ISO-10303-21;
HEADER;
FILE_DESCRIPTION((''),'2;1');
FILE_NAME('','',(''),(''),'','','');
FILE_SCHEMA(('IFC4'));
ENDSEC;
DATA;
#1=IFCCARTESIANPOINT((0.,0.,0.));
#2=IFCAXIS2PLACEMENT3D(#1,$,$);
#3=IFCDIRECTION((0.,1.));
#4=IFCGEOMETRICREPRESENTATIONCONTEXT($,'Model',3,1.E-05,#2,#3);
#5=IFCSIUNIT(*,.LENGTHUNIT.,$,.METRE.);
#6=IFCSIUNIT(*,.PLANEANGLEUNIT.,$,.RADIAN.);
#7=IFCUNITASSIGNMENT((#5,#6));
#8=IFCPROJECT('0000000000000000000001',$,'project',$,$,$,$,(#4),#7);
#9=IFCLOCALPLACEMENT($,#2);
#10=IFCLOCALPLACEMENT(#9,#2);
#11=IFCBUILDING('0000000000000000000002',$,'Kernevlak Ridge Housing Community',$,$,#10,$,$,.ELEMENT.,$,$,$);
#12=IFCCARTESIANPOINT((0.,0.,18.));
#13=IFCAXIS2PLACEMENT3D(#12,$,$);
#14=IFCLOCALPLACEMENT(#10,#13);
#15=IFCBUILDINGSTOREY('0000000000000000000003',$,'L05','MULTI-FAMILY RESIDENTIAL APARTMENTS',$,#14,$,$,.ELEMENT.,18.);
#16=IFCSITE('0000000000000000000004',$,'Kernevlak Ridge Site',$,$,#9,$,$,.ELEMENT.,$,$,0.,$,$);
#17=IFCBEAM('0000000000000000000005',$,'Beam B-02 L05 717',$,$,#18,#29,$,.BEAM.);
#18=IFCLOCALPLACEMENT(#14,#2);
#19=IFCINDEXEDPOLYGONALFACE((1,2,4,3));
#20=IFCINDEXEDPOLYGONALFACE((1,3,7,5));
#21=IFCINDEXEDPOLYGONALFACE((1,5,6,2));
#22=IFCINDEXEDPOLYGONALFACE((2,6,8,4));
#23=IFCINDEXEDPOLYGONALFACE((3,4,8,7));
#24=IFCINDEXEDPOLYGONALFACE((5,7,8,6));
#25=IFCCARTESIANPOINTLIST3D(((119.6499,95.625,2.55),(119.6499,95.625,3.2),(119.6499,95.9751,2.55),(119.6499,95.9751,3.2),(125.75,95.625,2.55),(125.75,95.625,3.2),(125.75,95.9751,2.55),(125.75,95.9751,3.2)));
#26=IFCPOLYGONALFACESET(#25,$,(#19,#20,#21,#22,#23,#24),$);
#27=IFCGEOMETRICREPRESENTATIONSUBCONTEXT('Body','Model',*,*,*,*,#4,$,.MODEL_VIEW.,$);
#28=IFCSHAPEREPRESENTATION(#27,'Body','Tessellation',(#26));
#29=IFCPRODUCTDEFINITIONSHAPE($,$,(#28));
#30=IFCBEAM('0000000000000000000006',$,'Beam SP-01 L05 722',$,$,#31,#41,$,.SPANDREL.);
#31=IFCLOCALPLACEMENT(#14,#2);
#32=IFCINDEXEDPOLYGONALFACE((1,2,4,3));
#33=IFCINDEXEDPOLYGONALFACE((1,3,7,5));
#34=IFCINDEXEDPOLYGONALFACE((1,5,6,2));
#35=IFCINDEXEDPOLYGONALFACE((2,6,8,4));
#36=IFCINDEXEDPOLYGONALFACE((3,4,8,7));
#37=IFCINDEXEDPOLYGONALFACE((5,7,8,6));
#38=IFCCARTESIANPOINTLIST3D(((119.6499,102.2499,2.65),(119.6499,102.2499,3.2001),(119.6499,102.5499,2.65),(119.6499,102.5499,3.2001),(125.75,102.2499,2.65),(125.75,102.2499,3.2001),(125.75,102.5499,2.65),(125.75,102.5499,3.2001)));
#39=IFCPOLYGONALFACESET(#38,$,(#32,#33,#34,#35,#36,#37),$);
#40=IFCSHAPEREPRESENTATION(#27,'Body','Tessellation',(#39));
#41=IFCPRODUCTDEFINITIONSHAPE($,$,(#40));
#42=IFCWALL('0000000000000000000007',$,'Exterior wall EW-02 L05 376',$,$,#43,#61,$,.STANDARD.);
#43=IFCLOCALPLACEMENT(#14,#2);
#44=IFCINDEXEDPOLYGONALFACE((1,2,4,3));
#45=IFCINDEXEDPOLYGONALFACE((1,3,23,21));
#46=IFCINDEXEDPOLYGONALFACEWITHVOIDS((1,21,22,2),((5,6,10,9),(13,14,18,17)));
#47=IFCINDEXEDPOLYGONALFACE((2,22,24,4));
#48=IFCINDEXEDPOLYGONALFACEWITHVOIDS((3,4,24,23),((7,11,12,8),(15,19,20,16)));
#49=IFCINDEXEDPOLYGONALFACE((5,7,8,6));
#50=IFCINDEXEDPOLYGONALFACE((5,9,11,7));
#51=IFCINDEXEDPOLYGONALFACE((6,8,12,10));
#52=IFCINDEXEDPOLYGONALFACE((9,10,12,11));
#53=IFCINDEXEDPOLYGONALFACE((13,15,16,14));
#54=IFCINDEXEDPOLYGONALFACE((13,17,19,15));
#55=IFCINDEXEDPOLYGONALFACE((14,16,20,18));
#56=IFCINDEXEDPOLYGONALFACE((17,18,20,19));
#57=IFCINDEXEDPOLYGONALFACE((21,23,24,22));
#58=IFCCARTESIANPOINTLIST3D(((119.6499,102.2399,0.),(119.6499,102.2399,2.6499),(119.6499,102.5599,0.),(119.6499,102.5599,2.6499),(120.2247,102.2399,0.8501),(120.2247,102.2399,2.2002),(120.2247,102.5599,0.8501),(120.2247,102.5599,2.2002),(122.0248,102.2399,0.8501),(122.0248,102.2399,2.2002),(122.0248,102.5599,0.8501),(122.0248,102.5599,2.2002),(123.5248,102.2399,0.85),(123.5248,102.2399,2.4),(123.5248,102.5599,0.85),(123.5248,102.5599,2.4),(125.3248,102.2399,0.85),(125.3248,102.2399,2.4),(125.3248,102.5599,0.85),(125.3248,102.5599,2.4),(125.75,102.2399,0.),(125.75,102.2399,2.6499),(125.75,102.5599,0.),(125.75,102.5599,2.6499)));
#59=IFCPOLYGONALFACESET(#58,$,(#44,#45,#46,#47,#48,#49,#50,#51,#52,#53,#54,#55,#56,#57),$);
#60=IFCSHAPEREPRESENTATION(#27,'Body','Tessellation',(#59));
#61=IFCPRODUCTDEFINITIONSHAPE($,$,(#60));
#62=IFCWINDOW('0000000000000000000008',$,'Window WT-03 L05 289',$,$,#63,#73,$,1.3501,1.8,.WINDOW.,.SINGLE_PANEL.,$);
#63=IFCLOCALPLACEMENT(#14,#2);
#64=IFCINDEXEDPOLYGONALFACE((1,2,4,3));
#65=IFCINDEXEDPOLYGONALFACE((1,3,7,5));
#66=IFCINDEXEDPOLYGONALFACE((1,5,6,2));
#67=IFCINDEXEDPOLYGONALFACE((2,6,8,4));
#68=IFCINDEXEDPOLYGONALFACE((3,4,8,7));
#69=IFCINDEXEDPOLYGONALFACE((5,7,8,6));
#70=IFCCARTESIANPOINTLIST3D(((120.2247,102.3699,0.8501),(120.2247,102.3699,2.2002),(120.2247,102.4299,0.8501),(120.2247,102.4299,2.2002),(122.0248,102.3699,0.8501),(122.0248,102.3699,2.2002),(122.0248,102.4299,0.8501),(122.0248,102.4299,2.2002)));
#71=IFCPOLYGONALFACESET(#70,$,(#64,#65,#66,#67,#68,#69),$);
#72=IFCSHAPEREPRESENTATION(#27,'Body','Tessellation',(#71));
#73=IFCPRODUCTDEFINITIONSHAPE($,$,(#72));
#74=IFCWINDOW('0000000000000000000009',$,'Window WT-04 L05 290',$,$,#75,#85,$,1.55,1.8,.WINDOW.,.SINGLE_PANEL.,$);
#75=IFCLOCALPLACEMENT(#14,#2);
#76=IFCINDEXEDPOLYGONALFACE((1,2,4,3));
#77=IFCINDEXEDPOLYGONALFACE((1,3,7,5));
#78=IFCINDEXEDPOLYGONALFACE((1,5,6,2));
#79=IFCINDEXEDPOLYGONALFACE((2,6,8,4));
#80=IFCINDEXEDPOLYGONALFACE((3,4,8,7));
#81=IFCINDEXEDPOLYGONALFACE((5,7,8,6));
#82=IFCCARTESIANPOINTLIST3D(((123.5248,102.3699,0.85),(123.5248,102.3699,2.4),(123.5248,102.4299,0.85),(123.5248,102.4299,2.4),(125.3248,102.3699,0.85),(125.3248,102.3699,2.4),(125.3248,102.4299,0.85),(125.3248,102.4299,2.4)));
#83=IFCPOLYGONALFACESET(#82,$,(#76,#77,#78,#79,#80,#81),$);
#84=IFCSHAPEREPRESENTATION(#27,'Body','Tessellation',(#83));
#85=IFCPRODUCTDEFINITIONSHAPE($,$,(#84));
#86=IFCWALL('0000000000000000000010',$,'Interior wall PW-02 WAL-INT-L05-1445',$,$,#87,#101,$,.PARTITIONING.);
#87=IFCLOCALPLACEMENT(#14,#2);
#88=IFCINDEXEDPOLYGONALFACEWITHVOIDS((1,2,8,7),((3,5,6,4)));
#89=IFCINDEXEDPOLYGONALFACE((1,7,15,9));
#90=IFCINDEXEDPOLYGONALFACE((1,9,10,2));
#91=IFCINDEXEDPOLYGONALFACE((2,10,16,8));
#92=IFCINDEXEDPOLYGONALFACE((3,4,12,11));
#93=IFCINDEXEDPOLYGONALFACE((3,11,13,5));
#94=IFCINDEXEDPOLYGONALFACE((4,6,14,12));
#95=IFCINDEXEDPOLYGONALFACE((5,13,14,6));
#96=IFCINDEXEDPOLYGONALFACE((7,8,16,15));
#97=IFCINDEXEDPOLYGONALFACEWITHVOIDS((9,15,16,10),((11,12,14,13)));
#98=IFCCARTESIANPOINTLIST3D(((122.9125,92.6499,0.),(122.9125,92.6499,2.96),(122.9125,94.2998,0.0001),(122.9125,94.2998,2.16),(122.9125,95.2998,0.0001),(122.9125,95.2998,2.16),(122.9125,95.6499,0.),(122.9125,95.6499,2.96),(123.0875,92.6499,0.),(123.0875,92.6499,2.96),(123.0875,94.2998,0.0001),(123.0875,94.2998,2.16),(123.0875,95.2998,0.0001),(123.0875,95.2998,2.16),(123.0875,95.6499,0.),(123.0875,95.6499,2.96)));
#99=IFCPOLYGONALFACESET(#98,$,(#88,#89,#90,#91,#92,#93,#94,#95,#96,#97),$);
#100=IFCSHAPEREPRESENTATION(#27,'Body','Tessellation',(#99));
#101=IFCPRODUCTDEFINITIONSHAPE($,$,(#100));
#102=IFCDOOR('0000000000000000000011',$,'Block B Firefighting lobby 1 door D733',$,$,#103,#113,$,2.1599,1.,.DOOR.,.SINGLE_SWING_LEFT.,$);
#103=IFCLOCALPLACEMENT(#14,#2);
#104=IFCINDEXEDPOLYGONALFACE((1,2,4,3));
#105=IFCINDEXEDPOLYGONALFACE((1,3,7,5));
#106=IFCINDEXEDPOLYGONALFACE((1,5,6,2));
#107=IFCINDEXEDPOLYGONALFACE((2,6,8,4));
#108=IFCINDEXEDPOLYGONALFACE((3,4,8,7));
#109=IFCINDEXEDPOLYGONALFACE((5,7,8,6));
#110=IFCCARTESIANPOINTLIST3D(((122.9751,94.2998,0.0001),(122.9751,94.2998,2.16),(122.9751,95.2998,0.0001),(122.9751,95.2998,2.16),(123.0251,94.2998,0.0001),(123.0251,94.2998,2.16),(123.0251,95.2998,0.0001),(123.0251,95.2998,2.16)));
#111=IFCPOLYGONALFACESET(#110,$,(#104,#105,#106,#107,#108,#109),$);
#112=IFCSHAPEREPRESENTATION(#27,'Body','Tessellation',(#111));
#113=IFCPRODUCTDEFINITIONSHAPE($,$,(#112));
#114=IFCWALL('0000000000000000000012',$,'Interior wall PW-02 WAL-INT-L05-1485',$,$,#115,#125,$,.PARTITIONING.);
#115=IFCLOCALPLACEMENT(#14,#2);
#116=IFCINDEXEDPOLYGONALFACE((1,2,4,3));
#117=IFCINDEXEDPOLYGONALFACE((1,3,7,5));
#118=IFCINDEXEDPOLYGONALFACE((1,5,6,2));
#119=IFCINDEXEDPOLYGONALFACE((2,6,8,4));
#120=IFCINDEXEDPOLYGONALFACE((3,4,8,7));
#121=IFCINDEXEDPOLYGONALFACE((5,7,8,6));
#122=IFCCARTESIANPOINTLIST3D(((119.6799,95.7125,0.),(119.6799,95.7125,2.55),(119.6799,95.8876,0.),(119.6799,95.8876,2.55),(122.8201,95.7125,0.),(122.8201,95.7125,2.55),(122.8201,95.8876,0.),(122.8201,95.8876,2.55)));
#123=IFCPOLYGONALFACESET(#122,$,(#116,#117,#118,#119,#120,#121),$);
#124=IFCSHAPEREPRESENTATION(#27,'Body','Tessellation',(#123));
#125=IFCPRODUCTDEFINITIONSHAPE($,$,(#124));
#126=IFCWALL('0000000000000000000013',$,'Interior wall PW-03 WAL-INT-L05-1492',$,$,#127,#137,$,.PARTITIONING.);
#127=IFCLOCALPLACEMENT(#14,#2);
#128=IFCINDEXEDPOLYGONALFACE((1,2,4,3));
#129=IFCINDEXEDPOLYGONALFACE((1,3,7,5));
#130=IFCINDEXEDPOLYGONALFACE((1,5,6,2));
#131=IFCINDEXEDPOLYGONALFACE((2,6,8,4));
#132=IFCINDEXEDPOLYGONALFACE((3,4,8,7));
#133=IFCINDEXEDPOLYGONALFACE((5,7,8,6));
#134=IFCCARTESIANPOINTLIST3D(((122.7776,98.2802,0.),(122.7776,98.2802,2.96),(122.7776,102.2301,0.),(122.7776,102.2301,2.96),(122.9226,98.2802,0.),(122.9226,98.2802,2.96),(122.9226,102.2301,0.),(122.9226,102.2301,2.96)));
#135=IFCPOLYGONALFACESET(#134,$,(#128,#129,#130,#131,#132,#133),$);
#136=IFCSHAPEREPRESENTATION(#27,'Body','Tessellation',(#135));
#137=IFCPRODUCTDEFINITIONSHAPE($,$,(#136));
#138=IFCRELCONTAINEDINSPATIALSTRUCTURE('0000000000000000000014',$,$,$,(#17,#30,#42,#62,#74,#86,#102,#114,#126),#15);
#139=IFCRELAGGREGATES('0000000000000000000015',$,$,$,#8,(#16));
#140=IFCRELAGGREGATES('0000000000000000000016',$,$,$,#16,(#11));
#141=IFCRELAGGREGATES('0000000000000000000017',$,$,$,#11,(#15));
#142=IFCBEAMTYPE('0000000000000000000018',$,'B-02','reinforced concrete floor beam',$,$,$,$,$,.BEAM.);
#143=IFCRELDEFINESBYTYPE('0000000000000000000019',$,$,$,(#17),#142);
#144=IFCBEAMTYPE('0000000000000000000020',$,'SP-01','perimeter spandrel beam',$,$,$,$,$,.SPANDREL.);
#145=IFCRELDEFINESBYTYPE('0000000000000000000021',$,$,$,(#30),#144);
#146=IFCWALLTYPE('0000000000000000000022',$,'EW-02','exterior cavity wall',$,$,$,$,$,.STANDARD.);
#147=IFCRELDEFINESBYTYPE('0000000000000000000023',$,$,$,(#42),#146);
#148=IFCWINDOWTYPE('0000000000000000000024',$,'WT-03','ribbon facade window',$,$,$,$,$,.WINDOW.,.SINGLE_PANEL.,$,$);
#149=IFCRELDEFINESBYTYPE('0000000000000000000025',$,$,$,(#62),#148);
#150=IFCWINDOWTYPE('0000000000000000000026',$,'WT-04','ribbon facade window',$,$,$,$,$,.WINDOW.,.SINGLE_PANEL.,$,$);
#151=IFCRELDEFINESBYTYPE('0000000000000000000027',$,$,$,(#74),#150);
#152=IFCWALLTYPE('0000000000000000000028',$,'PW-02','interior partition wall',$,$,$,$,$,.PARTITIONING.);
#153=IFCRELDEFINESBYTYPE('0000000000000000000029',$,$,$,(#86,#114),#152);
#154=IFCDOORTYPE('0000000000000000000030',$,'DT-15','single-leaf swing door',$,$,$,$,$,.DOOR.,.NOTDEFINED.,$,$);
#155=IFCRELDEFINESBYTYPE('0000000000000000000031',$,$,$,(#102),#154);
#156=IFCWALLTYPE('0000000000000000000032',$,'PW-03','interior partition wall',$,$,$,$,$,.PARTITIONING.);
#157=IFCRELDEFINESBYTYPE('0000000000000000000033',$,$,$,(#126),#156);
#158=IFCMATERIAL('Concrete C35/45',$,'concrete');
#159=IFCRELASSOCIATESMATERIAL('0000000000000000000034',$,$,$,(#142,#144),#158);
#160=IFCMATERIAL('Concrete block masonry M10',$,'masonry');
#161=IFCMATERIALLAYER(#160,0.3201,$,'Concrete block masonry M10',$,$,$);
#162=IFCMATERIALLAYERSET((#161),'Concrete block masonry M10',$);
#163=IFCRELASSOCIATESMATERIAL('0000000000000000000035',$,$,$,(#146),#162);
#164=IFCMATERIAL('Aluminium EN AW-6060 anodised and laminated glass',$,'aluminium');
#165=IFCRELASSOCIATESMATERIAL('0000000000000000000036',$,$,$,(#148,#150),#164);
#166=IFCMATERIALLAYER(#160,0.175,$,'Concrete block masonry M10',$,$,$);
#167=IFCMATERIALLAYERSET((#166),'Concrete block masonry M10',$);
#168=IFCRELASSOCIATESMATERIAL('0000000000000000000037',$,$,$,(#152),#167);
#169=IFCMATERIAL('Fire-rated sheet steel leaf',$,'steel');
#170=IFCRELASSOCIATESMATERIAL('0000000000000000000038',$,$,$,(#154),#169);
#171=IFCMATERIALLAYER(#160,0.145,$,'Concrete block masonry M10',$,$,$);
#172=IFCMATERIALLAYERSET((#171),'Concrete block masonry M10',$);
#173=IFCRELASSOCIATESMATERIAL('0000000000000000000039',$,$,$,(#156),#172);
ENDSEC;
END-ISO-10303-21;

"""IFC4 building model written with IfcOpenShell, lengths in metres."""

from ifc_helpers import new_model, si_unit, direction, frame, frame_2d, origin, origin_2d, place, context, subcontext, project, spatial, rectangle, extrude, material, layer, layer_set, material_profile, profile_set, type_object, element, fill, save


model = new_model("IFC4")

# Units and contexts
model_context = context("Model", 3, precision=1e-05, world=origin(), true_north=direction((0.0, 1.0)))
body_context = subcontext(model_context, "Body", "Model", "MODEL_VIEW")
ifc_project = project(units=[si_unit("LENGTHUNIT", "METRE"), si_unit("PLANEANGLEUNIT", "RADIAN")], contexts=[model_context])

# Site, building, storey
site_placement = place(None, origin())
site = spatial("IfcSite", under=ifc_project, at=site_placement, Name="Kernevlak Ridge Site", CompositionType="ELEMENT", RefElevation=0.0)
building_placement = place(site_placement, origin())
building = spatial("IfcBuilding", under=site, at=building_placement, Name="Kernevlak Ridge Housing Community", CompositionType="ELEMENT")
storey_placement = place(building_placement, frame((0.0, 0.0, 18.0)))
storey = spatial("IfcBuildingStorey", under=building, at=storey_placement, Name="L05", Description="MULTI-FAMILY RESIDENTIAL APARTMENTS", CompositionType="ELEMENT", Elevation=18.0)

# Beams
ifc_material_1 = material(Name="Concrete C35/45", Category="concrete")
ifc_material_profile_1 = material_profile(ifc_material_1, rectangle(XDim=0.3501, YDim=0.6499, at=origin_2d()), Name="RC 350x650")
ifc_profile_set_1 = profile_set([ifc_material_profile_1], Name="Concrete C35/45")
beam_type_1 = type_object("IfcBeamType", Name="B-02", Description="reinforced concrete floor beam", PredefinedType="BEAM", material=ifc_profile_set_1)
beam_1_placement = place(storey_placement, frame((119.6499, 95.8, 2.875), z_axis=(1.0, 0.0, 0.0), x_axis=(0.0, 1.0, 0.0)))
element("IfcBeam", 1, at=beam_1_placement, inside=storey, type_object=beam_type_1, Name="Beam B-02 L05 717", PredefinedType="BEAM", context=body_context, shape_type="SweptSolid", body=[
    extrude(rectangle(XDim=0.3501, YDim=0.6499, at=origin_2d()), origin(), (0.0, 0.0, 1.0), 6.1001),
])
ifc_material_profile_2 = material_profile(ifc_material_1, rectangle(XDim=0.3, YDim=0.55, at=origin_2d()), Name="RC 300x550")
ifc_profile_set_2 = profile_set([ifc_material_profile_2], Name="Concrete C35/45")
beam_type_2 = type_object("IfcBeamType", Name="SP-01", Description="perimeter spandrel beam", PredefinedType="SPANDREL", material=ifc_profile_set_2)
beam_2_placement = place(storey_placement, frame((119.6499, 102.3999, 2.925), z_axis=(1.0, 0.0, 0.0), x_axis=(0.0, 1.0, 0.0)))
element("IfcBeam", 2, at=beam_2_placement, inside=storey, type_object=beam_type_2, Name="Beam SP-01 L05 722", PredefinedType="SPANDREL", context=body_context, shape_type="SweptSolid", body=[
    extrude(rectangle(XDim=0.3, YDim=0.55, at=origin_2d()), origin(), (0.0, 0.0, 1.0), 6.1001),
])

# Wall, openings, windows
ifc_material_2 = material(Name="Concrete block masonry M10", Category="masonry")
ifc_layer_1 = layer(ifc_material_2, 0.3201, Name="Concrete block masonry M10")
ifc_layer_set_1 = layer_set([ifc_layer_1], Name="Concrete block masonry M10")
wall_type_1 = type_object("IfcWallType", Name="EW-02", Description="exterior cavity wall", PredefinedType="STANDARD", material=ifc_layer_set_1)
wall_1_placement = place(storey_placement, frame((119.6499, 102.3999, 0.0), z_axis=(0.0, 0.0, 1.0), x_axis=(1.0, 0.0, 0.0)))
wall_1 = element("IfcWall", 3, at=wall_1_placement, inside=storey, type_object=wall_type_1, Name="Exterior wall EW-02 L05 376", PredefinedType="STANDARD", context=body_context, shape_type="SweptSolid", body=[
    extrude(rectangle(XDim=6.1001, YDim=0.3201, at=frame_2d((3.05, 0.0))), origin(), (0.0, 0.0, 1.0), 2.6499),
])
opening_1_placement = place(wall_1_placement, frame((0.575, 0.0, 0.8501)))
opening_1 = element("IfcOpeningElement", 4, at=opening_1_placement, cuts=wall_1, PredefinedType="OPENING", context=body_context, shape_type="SweptSolid", body=[
    extrude(rectangle(XDim=1.8, YDim=1.3501, at=frame_2d((0.8999, 0.675))), frame((0.0, 0.1699, 0.0), z_axis=(0.0, -1.0, 0.0), x_axis=(1.0, 0.0, 0.0)), (0.0, 0.0, 1.0), 0.3401),
])
opening_2_placement = place(wall_1_placement, frame((3.875, 0.0, 0.8501)))
opening_2 = element("IfcOpeningElement", 5, at=opening_2_placement, cuts=wall_1, PredefinedType="OPENING", context=body_context, shape_type="SweptSolid", body=[
    extrude(rectangle(XDim=1.8, YDim=1.55, at=frame_2d((0.8999, 0.7749))), frame((0.0, 0.1699, 0.0), z_axis=(0.0, -1.0, 0.0), x_axis=(1.0, 0.0, 0.0)), (0.0, 0.0, 1.0), 0.3401),
])
ifc_material_3 = material(Name="Aluminium EN AW-6060 anodised and laminated glass", Category="aluminium")
window_type_1 = type_object("IfcWindowType", Name="WT-03", Description="ribbon facade window", PartitioningType="SINGLE_PANEL", PredefinedType="WINDOW", material=ifc_material_3)
window_1_placement = place(opening_1_placement, origin())
window_1 = element("IfcWindow", 6, at=window_1_placement, inside=storey, type_object=window_type_1, Name="Window WT-03 L05 289", OverallHeight=1.3501, OverallWidth=1.8, PartitioningType="SINGLE_PANEL", PredefinedType="WINDOW", context=body_context, shape_type="SweptSolid", body=[
    extrude(rectangle(XDim=1.8, YDim=1.3501, at=frame_2d((0.8999, 0.675))), frame((0.0, 0.03, 0.0), z_axis=(0.0, -1.0, 0.0), x_axis=(1.0, 0.0, 0.0)), (0.0, 0.0, 1.0), 0.0601),
])
fill(opening_1, window_1)
window_type_2 = type_object("IfcWindowType", Name="WT-04", Description="ribbon facade window", PartitioningType="SINGLE_PANEL", PredefinedType="WINDOW", material=ifc_material_3)
window_2_placement = place(opening_2_placement, origin())
window_2 = element("IfcWindow", 7, at=window_2_placement, inside=storey, type_object=window_type_2, Name="Window WT-04 L05 290", OverallHeight=1.55, OverallWidth=1.8, PartitioningType="SINGLE_PANEL", PredefinedType="WINDOW", context=body_context, shape_type="SweptSolid", body=[
    extrude(rectangle(XDim=1.8, YDim=1.55, at=frame_2d((0.8999, 0.7749))), frame((0.0, 0.03, 0.0), z_axis=(0.0, -1.0, 0.0), x_axis=(1.0, 0.0, 0.0)), (0.0, 0.0, 1.0), 0.0601),
])
fill(opening_2, window_2)

# Wall, opening, door
ifc_layer_2 = layer(ifc_material_2, 0.175, Name="Concrete block masonry M10")
ifc_layer_set_2 = layer_set([ifc_layer_2], Name="Concrete block masonry M10")
wall_type_2 = type_object("IfcWallType", Name="PW-02", Description="interior partition wall", PredefinedType="PARTITIONING", material=ifc_layer_set_2)
wall_2_placement = place(storey_placement, frame((123.0, 92.6499, 0.0), z_axis=(0.0, 0.0, 1.0), x_axis=(0.0, 1.0, 0.0)))
wall_2 = element("IfcWall", 8, at=wall_2_placement, inside=storey, type_object=wall_type_2, Name="Interior wall PW-02 WAL-INT-L05-1445", PredefinedType="PARTITIONING", context=body_context, shape_type="SweptSolid", body=[
    extrude(rectangle(XDim=3.0, YDim=0.175, at=frame_2d((1.5, 0.0))), origin(), (0.0, 0.0, 1.0), 2.96),
])
opening_3_placement = place(wall_2_placement, frame((1.6499, 0.0, 0.0)))
opening_3 = element("IfcOpeningElement", 9, at=opening_3_placement, cuts=wall_2, PredefinedType="OPENING", context=body_context, shape_type="SweptSolid", body=[
    extrude(rectangle(XDim=1.0, YDim=2.1599, at=frame_2d((0.5, 1.0801))), frame((0.0, 0.0974, 0.0), z_axis=(0.0, -1.0, 0.0), x_axis=(1.0, 0.0, 0.0)), (0.0, 0.0, 1.0), 0.1951),
])
ifc_material_4 = material(Name="Fire-rated sheet steel leaf", Category="steel")
door_type_1 = type_object("IfcDoorType", Name="DT-15", Description="single-leaf swing door", OperationType="NOTDEFINED", PredefinedType="DOOR", material=ifc_material_4)
door_1_placement = place(opening_3_placement, origin())
door_1 = element("IfcDoor", 10, at=door_1_placement, inside=storey, type_object=door_type_1, Name="Block B Firefighting lobby 1 door D733", OperationType="SINGLE_SWING_LEFT", OverallHeight=2.1599, OverallWidth=1.0, PredefinedType="DOOR", context=body_context, shape_type="SweptSolid", body=[
    extrude(rectangle(XDim=1.0, YDim=2.1599, at=frame_2d((0.5, 1.0801))), frame((0.0, 0.0249, 0.0), z_axis=(0.0, -1.0, 0.0), x_axis=(1.0, 0.0, 0.0)), (0.0, 0.0, 1.0), 0.05),
])
fill(opening_3, door_1)

# Walls
wall_3_placement = place(storey_placement, frame((119.6799, 95.8, 0.0), z_axis=(0.0, 0.0, 1.0), x_axis=(1.0, 0.0, 0.0)))
element("IfcWall", 11, at=wall_3_placement, inside=storey, type_object=wall_type_2, Name="Interior wall PW-02 WAL-INT-L05-1485", PredefinedType="PARTITIONING", context=body_context, shape_type="SweptSolid", body=[
    extrude(rectangle(XDim=3.1401, YDim=0.175, at=frame_2d((1.5701, 0.0))), origin(), (0.0, 0.0, 1.0), 2.55),
])
ifc_layer_3 = layer(ifc_material_2, 0.145, Name="Concrete block masonry M10")
ifc_layer_set_3 = layer_set([ifc_layer_3], Name="Concrete block masonry M10")
wall_type_3 = type_object("IfcWallType", Name="PW-03", Description="interior partition wall", PredefinedType="PARTITIONING", material=ifc_layer_set_3)
wall_4_placement = place(storey_placement, frame((122.8501, 98.28, 0.0), z_axis=(0.0, 0.0, 1.0), x_axis=(0.0, 1.0, 0.0)))
element("IfcWall", 12, at=wall_4_placement, inside=storey, type_object=wall_type_3, Name="Interior wall PW-03 WAL-INT-L05-1492", PredefinedType="PARTITIONING", context=body_context, shape_type="SweptSolid", body=[
    extrude(rectangle(XDim=3.95, YDim=0.145, at=frame_2d((1.9751, 0.0))), origin(), (0.0, 0.0, 1.0), 2.96),
])

save(model, "model.ifc")
